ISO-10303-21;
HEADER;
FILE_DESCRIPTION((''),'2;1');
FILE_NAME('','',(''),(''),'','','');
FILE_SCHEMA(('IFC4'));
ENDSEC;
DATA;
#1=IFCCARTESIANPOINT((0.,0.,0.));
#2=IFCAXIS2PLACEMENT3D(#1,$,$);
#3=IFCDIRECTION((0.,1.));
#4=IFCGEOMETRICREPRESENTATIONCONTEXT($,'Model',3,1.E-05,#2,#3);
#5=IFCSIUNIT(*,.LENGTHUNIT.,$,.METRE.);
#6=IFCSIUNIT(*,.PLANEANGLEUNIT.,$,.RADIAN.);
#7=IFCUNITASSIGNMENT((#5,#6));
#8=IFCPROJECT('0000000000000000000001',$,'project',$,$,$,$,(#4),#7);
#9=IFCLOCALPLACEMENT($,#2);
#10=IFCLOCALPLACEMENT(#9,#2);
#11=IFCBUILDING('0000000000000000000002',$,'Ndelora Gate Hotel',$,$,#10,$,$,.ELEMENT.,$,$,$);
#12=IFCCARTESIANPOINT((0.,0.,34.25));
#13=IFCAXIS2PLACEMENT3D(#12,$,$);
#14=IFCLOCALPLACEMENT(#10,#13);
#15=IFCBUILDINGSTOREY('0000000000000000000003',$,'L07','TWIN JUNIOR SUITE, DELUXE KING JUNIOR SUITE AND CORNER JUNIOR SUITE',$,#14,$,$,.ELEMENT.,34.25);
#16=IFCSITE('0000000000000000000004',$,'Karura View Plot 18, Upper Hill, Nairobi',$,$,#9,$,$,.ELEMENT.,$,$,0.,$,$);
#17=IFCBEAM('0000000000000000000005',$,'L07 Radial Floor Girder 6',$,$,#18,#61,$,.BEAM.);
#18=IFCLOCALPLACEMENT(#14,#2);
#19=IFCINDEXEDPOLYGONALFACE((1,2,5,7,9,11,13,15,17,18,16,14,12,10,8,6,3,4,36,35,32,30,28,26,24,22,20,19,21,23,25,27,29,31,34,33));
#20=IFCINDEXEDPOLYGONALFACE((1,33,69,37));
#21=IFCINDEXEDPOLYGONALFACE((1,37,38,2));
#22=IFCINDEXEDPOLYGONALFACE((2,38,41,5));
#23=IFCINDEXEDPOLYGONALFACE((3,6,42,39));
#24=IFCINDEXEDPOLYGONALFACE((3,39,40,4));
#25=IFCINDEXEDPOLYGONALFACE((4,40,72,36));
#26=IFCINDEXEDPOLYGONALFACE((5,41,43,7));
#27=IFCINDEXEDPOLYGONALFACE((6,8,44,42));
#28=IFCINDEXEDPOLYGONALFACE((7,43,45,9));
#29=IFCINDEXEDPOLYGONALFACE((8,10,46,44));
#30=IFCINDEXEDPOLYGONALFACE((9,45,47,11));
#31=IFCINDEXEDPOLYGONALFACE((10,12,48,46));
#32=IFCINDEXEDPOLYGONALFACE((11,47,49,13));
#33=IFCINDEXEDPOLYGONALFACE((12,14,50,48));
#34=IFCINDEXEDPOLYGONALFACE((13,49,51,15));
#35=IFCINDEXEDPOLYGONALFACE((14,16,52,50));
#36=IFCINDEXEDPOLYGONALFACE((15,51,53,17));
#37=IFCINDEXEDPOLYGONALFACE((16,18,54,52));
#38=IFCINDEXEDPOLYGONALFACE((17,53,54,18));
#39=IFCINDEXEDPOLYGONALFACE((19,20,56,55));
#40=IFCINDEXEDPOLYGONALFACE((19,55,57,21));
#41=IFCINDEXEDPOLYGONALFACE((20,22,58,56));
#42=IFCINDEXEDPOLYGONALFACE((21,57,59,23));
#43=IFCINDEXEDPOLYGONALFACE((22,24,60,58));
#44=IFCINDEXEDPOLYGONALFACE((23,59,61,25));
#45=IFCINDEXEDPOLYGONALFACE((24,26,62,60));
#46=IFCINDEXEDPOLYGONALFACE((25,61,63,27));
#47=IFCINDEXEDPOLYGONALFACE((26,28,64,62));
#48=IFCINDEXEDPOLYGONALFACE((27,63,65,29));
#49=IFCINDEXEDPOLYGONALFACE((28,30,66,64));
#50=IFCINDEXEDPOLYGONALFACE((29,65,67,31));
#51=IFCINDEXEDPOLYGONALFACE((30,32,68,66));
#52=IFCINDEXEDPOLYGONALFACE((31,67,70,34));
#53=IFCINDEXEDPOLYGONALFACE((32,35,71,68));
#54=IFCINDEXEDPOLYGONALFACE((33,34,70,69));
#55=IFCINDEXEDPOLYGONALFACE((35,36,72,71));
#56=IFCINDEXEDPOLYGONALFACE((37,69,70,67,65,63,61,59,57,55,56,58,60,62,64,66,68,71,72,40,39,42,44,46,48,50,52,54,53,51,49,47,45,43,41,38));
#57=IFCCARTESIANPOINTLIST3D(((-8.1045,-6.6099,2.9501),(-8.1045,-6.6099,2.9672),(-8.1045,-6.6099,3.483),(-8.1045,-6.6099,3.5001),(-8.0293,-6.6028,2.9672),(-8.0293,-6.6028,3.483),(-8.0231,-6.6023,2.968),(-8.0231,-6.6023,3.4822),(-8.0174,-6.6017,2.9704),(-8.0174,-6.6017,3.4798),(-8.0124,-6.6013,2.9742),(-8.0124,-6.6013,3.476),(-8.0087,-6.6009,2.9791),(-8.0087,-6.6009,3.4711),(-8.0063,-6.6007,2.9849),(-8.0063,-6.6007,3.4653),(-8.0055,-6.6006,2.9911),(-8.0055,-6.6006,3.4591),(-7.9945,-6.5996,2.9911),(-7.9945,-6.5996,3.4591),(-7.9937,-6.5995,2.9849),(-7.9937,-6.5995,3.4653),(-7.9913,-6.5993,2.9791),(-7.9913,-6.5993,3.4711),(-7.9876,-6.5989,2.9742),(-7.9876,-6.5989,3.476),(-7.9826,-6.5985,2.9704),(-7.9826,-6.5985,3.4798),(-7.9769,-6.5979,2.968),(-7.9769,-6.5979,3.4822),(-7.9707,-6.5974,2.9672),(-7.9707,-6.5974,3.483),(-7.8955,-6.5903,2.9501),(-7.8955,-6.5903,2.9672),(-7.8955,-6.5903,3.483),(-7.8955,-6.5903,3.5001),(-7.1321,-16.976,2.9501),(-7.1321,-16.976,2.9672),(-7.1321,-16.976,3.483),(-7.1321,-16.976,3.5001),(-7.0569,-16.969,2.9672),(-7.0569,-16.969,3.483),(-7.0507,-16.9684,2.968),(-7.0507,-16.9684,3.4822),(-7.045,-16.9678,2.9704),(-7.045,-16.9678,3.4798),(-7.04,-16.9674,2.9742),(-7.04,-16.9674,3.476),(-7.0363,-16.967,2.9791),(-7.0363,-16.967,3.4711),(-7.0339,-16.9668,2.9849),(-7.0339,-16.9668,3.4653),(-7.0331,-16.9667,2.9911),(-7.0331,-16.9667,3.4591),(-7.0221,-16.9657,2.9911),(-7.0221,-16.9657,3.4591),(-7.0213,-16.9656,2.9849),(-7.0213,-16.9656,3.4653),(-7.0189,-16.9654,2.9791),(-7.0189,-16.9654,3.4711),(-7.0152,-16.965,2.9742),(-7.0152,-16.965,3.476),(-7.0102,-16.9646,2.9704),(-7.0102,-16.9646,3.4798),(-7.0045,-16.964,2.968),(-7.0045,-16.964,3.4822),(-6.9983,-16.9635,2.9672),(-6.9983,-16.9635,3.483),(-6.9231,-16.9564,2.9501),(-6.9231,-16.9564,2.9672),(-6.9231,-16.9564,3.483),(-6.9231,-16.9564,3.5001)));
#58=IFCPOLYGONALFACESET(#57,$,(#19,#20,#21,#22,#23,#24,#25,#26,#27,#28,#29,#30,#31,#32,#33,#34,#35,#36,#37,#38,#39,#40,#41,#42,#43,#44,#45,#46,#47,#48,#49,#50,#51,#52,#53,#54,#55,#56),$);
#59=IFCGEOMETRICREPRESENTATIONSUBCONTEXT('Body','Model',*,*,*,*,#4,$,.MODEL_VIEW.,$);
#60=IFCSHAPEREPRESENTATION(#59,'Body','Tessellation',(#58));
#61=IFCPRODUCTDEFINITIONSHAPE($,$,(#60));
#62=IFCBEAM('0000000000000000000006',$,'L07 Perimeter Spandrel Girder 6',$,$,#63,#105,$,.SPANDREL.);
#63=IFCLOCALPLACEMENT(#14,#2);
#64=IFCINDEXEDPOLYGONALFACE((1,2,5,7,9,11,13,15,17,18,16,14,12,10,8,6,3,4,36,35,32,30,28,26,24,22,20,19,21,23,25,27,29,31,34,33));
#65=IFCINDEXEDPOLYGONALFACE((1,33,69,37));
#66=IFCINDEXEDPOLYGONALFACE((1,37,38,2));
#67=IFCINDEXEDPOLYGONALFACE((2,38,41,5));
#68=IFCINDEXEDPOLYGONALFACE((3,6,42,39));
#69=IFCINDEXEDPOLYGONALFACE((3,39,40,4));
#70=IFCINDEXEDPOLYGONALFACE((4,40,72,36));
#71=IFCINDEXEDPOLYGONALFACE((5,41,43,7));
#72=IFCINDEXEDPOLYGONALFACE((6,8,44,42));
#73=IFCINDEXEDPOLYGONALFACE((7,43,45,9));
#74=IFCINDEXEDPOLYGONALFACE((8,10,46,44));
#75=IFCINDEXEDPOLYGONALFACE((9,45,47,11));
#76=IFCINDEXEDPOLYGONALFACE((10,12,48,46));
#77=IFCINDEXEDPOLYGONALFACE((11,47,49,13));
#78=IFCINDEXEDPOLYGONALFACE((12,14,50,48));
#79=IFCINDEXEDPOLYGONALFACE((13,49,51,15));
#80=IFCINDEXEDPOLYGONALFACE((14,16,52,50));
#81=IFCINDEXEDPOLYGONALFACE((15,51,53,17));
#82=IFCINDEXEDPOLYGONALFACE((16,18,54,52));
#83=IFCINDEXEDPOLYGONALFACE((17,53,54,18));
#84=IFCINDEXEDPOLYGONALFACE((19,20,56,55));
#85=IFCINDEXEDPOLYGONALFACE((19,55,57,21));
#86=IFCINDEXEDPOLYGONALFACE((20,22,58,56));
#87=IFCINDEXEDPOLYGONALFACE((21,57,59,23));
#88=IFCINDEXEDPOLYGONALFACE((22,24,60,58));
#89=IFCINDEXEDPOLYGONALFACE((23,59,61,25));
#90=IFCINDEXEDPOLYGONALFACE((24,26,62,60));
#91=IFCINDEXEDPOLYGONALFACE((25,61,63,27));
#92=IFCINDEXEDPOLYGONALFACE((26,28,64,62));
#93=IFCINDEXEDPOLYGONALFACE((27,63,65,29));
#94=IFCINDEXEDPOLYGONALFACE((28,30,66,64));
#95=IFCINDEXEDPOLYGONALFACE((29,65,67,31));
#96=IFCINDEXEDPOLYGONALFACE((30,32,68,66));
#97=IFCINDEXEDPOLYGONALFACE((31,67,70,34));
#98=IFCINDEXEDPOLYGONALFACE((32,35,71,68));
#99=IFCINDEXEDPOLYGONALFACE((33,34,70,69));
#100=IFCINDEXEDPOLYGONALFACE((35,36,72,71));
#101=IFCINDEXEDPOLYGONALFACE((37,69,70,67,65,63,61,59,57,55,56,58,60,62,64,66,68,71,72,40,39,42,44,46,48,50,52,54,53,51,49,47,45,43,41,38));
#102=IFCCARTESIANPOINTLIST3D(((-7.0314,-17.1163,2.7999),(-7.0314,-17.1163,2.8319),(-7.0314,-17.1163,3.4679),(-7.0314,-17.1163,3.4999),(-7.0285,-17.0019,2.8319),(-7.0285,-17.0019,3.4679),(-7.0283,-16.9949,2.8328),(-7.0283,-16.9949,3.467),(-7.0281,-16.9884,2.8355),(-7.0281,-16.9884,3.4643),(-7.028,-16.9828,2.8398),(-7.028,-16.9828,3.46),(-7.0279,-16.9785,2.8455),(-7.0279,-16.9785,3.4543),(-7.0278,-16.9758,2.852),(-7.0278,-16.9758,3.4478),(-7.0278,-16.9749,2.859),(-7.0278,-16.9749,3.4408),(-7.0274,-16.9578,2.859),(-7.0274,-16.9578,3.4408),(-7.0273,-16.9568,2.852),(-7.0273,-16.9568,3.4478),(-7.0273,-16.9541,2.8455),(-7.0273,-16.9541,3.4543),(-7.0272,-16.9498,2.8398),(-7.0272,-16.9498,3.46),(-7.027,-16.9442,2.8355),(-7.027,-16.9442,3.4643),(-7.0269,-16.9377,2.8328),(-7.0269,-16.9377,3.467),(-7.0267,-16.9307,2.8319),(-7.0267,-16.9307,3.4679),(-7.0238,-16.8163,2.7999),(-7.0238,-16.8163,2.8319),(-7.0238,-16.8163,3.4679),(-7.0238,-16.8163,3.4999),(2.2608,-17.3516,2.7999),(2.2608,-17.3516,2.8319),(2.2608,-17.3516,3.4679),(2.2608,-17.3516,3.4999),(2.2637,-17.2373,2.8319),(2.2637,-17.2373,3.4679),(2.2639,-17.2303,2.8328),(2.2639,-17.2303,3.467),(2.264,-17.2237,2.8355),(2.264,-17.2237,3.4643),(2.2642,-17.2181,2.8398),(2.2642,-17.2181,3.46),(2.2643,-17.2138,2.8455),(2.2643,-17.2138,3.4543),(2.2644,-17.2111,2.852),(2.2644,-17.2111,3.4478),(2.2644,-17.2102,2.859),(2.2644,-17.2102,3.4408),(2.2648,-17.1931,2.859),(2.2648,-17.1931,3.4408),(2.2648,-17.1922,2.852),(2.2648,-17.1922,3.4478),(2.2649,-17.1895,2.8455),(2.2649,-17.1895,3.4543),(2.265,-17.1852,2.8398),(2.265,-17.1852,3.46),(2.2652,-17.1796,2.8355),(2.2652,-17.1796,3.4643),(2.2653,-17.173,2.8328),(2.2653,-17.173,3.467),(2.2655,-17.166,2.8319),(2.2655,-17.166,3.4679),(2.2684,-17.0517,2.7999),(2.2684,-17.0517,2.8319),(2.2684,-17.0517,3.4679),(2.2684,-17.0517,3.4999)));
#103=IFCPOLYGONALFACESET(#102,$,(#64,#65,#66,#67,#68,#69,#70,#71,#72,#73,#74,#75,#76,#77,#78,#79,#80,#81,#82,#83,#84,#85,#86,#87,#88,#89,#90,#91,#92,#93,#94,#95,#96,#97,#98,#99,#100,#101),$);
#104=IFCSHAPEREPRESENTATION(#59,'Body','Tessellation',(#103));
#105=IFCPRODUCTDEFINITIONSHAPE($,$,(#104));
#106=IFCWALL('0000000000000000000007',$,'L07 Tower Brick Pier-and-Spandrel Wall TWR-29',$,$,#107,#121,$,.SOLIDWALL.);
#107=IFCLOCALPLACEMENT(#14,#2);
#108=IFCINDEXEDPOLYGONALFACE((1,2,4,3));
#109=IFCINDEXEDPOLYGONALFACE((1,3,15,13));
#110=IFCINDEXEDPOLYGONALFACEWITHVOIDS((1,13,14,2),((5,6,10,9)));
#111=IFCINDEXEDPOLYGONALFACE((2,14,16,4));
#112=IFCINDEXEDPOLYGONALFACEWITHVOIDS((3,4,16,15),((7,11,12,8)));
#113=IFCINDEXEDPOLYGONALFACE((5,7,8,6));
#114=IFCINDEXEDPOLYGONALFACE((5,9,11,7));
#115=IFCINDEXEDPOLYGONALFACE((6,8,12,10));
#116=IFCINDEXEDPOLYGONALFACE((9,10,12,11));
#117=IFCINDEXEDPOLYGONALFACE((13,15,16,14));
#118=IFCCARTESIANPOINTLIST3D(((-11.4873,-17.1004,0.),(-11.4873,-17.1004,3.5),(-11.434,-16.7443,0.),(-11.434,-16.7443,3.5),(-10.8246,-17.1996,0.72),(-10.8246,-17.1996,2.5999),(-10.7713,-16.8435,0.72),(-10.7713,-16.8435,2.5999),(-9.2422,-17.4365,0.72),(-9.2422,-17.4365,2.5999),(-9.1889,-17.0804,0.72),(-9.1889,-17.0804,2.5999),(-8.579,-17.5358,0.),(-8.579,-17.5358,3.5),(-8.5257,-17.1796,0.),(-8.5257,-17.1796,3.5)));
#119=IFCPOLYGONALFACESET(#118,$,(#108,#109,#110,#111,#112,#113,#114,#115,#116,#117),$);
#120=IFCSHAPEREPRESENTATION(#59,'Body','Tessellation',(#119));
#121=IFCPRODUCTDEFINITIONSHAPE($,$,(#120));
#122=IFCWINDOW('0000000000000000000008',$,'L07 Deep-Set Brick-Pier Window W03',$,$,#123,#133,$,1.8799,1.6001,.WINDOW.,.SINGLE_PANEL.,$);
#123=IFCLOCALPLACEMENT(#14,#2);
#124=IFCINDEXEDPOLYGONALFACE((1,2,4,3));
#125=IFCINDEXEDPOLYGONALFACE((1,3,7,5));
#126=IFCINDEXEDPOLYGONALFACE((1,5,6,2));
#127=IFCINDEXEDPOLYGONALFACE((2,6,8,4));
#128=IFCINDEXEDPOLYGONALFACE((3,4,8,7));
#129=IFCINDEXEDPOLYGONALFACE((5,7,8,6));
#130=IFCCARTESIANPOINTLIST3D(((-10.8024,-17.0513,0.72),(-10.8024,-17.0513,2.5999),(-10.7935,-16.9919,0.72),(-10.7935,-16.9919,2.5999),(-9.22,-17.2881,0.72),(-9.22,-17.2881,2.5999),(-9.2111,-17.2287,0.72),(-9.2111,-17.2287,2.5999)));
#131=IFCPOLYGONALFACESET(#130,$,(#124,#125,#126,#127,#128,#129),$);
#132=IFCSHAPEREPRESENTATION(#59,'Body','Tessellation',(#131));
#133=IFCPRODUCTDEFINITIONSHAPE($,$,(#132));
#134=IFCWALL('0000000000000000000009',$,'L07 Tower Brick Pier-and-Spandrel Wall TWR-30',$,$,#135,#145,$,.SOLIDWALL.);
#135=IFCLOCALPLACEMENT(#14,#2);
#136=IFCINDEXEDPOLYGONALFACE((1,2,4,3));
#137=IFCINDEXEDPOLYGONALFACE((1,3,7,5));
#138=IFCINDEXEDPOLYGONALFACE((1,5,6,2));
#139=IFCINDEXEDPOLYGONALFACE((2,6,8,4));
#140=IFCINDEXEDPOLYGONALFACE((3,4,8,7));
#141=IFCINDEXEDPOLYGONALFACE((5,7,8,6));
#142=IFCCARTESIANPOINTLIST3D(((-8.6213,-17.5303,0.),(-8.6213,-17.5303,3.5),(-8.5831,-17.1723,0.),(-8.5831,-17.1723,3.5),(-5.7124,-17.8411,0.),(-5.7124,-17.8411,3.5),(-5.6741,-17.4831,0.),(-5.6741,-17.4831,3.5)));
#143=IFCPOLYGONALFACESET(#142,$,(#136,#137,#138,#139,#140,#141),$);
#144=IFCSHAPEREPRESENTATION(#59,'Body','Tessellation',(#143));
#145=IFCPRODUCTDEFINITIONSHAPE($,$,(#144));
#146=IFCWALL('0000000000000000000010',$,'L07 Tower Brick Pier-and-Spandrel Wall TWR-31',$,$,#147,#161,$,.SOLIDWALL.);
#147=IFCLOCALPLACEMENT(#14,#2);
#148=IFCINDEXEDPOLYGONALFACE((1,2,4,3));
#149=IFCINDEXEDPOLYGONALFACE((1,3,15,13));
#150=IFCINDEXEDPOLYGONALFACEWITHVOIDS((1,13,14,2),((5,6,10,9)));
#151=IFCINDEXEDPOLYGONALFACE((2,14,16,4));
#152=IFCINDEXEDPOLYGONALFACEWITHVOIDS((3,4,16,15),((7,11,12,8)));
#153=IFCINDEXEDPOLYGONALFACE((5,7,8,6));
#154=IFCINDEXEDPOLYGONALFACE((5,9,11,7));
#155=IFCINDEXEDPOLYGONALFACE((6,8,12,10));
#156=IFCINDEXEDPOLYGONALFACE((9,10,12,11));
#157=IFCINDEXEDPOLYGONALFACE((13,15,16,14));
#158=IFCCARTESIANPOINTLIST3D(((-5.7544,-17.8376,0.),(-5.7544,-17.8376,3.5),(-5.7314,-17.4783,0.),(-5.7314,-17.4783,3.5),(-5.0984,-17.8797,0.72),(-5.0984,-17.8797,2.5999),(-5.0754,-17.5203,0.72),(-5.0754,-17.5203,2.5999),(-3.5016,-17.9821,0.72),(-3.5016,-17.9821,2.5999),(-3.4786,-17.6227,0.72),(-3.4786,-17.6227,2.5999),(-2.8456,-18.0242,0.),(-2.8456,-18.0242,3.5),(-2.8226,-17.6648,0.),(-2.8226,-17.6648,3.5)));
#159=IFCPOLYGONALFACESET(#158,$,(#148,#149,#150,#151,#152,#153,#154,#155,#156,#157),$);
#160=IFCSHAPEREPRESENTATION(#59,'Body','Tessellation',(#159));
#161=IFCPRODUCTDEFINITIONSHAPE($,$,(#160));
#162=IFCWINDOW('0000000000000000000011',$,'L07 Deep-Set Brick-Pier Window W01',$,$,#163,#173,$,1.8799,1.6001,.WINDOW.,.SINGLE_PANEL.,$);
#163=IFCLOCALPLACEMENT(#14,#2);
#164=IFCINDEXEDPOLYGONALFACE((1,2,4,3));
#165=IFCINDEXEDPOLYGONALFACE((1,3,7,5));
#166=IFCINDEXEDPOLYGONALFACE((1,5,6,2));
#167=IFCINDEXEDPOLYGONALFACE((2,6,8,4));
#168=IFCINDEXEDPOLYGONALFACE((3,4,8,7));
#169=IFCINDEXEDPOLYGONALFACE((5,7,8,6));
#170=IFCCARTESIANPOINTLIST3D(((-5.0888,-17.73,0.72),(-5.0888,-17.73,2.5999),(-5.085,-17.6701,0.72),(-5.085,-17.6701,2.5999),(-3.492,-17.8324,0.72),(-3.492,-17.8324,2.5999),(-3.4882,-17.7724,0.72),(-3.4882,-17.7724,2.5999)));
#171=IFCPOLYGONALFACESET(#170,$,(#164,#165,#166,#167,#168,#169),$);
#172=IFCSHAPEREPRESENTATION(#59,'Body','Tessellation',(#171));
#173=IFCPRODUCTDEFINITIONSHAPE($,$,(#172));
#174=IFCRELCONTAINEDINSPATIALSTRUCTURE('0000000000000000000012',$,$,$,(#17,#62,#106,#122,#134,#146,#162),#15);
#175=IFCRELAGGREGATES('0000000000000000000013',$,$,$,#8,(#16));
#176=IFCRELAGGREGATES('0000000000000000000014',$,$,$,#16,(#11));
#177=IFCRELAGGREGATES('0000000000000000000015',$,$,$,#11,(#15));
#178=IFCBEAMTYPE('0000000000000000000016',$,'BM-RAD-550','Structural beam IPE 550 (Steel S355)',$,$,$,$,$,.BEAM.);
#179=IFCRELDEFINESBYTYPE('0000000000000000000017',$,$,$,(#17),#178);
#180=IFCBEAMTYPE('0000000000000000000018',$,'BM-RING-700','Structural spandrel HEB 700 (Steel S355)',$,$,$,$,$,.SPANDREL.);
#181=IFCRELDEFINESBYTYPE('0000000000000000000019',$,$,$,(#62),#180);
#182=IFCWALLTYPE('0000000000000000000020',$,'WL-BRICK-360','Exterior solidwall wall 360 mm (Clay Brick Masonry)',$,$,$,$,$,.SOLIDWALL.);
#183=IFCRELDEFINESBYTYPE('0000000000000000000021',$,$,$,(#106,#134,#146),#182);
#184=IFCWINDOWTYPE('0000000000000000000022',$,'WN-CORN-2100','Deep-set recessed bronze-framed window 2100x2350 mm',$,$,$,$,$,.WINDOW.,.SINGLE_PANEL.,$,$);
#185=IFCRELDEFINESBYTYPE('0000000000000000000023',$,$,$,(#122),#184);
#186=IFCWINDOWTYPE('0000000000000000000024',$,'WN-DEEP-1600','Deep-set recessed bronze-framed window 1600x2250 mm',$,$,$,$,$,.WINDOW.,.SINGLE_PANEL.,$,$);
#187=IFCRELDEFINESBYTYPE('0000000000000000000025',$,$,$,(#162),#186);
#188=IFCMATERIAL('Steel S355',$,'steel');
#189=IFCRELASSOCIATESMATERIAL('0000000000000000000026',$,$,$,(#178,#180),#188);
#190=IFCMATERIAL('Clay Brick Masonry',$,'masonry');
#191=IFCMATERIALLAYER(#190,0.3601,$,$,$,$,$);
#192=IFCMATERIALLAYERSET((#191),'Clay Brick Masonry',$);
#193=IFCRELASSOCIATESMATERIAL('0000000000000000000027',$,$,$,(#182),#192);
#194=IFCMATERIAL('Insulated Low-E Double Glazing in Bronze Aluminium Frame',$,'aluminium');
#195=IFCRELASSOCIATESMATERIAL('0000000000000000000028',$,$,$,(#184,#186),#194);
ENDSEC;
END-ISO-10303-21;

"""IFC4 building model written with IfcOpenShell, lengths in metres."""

from ifc_helpers import new_model, si_unit, direction, frame, frame_2d, origin, origin_2d, place, context, subcontext, project, spatial, rectangle, i_section, extrude, material, layer, layer_set, material_profile, profile_set, type_object, element, fill, save


model = new_model("IFC4")

# Units and contexts
model_context = context("Model", 3, precision=1e-05, world=origin(), true_north=direction((0.0, 1.0)))
body_context = subcontext(model_context, "Body", "Model", "MODEL_VIEW")
ifc_project = project(units=[si_unit("LENGTHUNIT", "METRE"), si_unit("PLANEANGLEUNIT", "RADIAN")], contexts=[model_context])

# Site, building, storey
site_placement = place(None, origin())
site = spatial("IfcSite", under=ifc_project, at=site_placement, Name="Karura View Plot 18, Upper Hill, Nairobi", CompositionType="ELEMENT", RefElevation=0.0)
building_placement = place(site_placement, origin())
building = spatial("IfcBuilding", under=site, at=building_placement, Name="Ndelora Gate Hotel", CompositionType="ELEMENT")
storey_placement = place(building_placement, frame((0.0, 0.0, 34.25)))
storey = spatial("IfcBuildingStorey", under=building, at=storey_placement, Name="L07", Description="TWIN JUNIOR SUITE, DELUXE KING JUNIOR SUITE AND CORNER JUNIOR SUITE", CompositionType="ELEMENT", Elevation=34.25)

# Beams
ifc_material_1 = material(Name="Steel S355", Category="steel")
ifc_material_profile_1 = material_profile(ifc_material_1, i_section(OverallWidth=0.21, OverallDepth=0.55, WebThickness=0.011, FlangeThickness=0.0171, FilletRadius=0.0239, at=origin_2d()), Name="IPE 550")
ifc_profile_set_1 = profile_set([ifc_material_profile_1], Name="Steel S355")
beam_type_1 = type_object("IfcBeamType", Name="BM-RAD-550", Description="Structural beam IPE 550 (Steel S355)", PredefinedType="BEAM", material=ifc_profile_set_1)
beam_1_placement = place(storey_placement, frame((-8.0, -6.6001, 3.2251), z_axis=(0.093396, -0.995629, 0.0), x_axis=(0.995629, 0.093396, 0.0)))
element("IfcBeam", 1, at=beam_1_placement, inside=storey, type_object=beam_type_1, Name="L07 Radial Floor Girder 6", PredefinedType="BEAM", context=body_context, shape_type="SweptSolid", body=[
    extrude(i_section(OverallWidth=0.21, OverallDepth=0.55, WebThickness=0.011, FlangeThickness=0.0171, FilletRadius=0.0239, at=origin_2d()), origin(), (0.0, 0.0, 1.0), 10.4116),
])
ifc_material_profile_2 = material_profile(ifc_material_1, i_section(OverallWidth=0.3, OverallDepth=0.7, WebThickness=0.0171, FlangeThickness=0.032, FilletRadius=0.0271, at=origin_2d()), Name="HEB 700")
ifc_profile_set_2 = profile_set([ifc_material_profile_2], Name="Steel S355")
beam_type_2 = type_object("IfcBeamType", Name="BM-RING-700", Description="Structural spandrel HEB 700 (Steel S355)", PredefinedType="SPANDREL", material=ifc_profile_set_2)
beam_2_placement = place(storey_placement, frame((-7.0276, -16.9663, 3.1499), z_axis=(0.999679, -0.02532, 0.0), x_axis=(0.02532, 0.999679, 0.0)))
element("IfcBeam", 2, at=beam_2_placement, inside=storey, type_object=beam_type_2, Name="L07 Perimeter Spandrel Girder 6", PredefinedType="SPANDREL", context=body_context, shape_type="SweptSolid", body=[
    extrude(i_section(OverallWidth=0.3, OverallDepth=0.7, WebThickness=0.0171, FlangeThickness=0.032, FilletRadius=0.0271, at=origin_2d()), origin(), (0.0, 0.0, 1.0), 9.2952),
])

# Wall, opening, window
ifc_material_2 = material(Name="Clay Brick Masonry", Category="masonry")
ifc_layer_1 = layer(ifc_material_2, 0.3601)
ifc_layer_set_1 = layer_set([ifc_layer_1], Name="Clay Brick Masonry")
wall_type_1 = type_object("IfcWallType", Name="WL-BRICK-360", Description="Exterior solidwall wall 360 mm (Clay Brick Masonry)", PredefinedType="SOLIDWALL", material=ifc_layer_set_1)
wall_1_placement = place(storey_placement, frame((-8.5525, -17.3577, 0.0), z_axis=(0.0, 0.0, 1.0), x_axis=(-0.988983, 0.148032, 0.0)))
wall_1 = element("IfcWall", 3, at=wall_1_placement, inside=storey, type_object=wall_type_1, Name="L07 Tower Brick Pier-and-Spandrel Wall TWR-29", PredefinedType="SOLIDWALL", context=body_context, shape_type="SweptSolid", body=[
    extrude(rectangle(XDim=2.9407, YDim=0.3601, at=frame_2d((1.4702, 0.0))), origin(), (0.0, 0.0, 1.0), 3.5),
])
opening_1_placement = place(wall_1_placement, frame((0.6704, 0.0, 0.72)))
opening_1 = element("IfcOpeningElement", 4, at=opening_1_placement, cuts=wall_1, PredefinedType="OPENING", context=body_context, shape_type="SweptSolid", body=[
    extrude(rectangle(XDim=1.6001, YDim=1.8799, at=frame_2d((0.8, 0.9399))), frame((0.0, 0.1899, 0.0), z_axis=(0.0, -1.0, 0.0), x_axis=(1.0, 0.0, 0.0)), (0.0, 0.0, 1.0), 0.3801),
])
ifc_material_3 = material(Name="Insulated Low-E Double Glazing in Bronze Aluminium Frame", Category="aluminium")
window_type_1 = type_object("IfcWindowType", Name="WN-CORN-2100", Description="Deep-set recessed bronze-framed window 2100x2350 mm", PartitioningType="SINGLE_PANEL", PredefinedType="WINDOW", material=ifc_material_3)
window_1_placement = place(opening_1_placement, origin())
window_1 = element("IfcWindow", 5, at=window_1_placement, inside=storey, type_object=window_type_1, Name="L07 Deep-Set Brick-Pier Window W03", OverallHeight=1.8799, OverallWidth=1.6001, PartitioningType="SINGLE_PANEL", PredefinedType="WINDOW", context=body_context, shape_type="SweptSolid", body=[
    extrude(rectangle(XDim=1.6001, YDim=1.8799, at=frame_2d((0.8, 0.9399))), frame((0.0, 0.03, 0.0), z_axis=(0.0, -1.0, 0.0), x_axis=(1.0, 0.0, 0.0)), (0.0, 0.0, 1.0), 0.0601),
])
fill(opening_1, window_1)

# Wall
wall_2_placement = place(storey_placement, frame((-5.6931, -17.6621, 0.0), z_axis=(0.0, 0.0, 1.0), x_axis=(-0.994341, 0.106236, 0.0)))
element("IfcWall", 6, at=wall_2_placement, inside=storey, type_object=wall_type_1, Name="L07 Tower Brick Pier-and-Spandrel Wall TWR-30", PredefinedType="SOLIDWALL", context=body_context, shape_type="SweptSolid", body=[
    extrude(rectangle(XDim=2.9255, YDim=0.3601, at=frame_2d((1.4629, 0.0))), origin(), (0.0, 0.0, 1.0), 3.5),
])

# Wall, opening, window
wall_3_placement = place(storey_placement, frame((-2.834, -17.8445, 0.0), z_axis=(0.0, 0.0, 1.0), x_axis=(-0.997951, 0.063989, 0.0)))
wall_3 = element("IfcWall", 7, at=wall_3_placement, inside=storey, type_object=wall_type_1, Name="L07 Tower Brick Pier-and-Spandrel Wall TWR-31", PredefinedType="SOLIDWALL", context=body_context, shape_type="SweptSolid", body=[
    extrude(rectangle(XDim=2.9148, YDim=0.3601, at=frame_2d((1.4575, 0.0))), origin(), (0.0, 0.0, 1.0), 3.5),
])
opening_2_placement = place(wall_3_placement, frame((0.6575, 0.0, 0.72)))
opening_2 = element("IfcOpeningElement", 8, at=opening_2_placement, cuts=wall_3, PredefinedType="OPENING", context=body_context, shape_type="SweptSolid", body=[
    extrude(rectangle(XDim=1.6001, YDim=1.8799, at=frame_2d((0.8, 0.9399))), frame((0.0, 0.1899, 0.0), z_axis=(0.0, -1.0, 0.0), x_axis=(1.0, 0.0, 0.0)), (0.0, 0.0, 1.0), 0.3801),
])
window_type_2 = type_object("IfcWindowType", Name="WN-DEEP-1600", Description="Deep-set recessed bronze-framed window 1600x2250 mm", PartitioningType="SINGLE_PANEL", PredefinedType="WINDOW", material=ifc_material_3)
window_2_placement = place(opening_2_placement, origin())
window_2 = element("IfcWindow", 9, at=window_2_placement, inside=storey, type_object=window_type_2, Name="L07 Deep-Set Brick-Pier Window W01", OverallHeight=1.8799, OverallWidth=1.6001, PartitioningType="SINGLE_PANEL", PredefinedType="WINDOW", context=body_context, shape_type="SweptSolid", body=[
    extrude(rectangle(XDim=1.6001, YDim=1.8799, at=frame_2d((0.8, 0.9399))), frame((0.0, 0.03, 0.0), z_axis=(0.0, -1.0, 0.0), x_axis=(1.0, 0.0, 0.0)), (0.0, 0.0, 1.0), 0.0601),
])
fill(opening_2, window_2)

save(model, "model.ifc")
